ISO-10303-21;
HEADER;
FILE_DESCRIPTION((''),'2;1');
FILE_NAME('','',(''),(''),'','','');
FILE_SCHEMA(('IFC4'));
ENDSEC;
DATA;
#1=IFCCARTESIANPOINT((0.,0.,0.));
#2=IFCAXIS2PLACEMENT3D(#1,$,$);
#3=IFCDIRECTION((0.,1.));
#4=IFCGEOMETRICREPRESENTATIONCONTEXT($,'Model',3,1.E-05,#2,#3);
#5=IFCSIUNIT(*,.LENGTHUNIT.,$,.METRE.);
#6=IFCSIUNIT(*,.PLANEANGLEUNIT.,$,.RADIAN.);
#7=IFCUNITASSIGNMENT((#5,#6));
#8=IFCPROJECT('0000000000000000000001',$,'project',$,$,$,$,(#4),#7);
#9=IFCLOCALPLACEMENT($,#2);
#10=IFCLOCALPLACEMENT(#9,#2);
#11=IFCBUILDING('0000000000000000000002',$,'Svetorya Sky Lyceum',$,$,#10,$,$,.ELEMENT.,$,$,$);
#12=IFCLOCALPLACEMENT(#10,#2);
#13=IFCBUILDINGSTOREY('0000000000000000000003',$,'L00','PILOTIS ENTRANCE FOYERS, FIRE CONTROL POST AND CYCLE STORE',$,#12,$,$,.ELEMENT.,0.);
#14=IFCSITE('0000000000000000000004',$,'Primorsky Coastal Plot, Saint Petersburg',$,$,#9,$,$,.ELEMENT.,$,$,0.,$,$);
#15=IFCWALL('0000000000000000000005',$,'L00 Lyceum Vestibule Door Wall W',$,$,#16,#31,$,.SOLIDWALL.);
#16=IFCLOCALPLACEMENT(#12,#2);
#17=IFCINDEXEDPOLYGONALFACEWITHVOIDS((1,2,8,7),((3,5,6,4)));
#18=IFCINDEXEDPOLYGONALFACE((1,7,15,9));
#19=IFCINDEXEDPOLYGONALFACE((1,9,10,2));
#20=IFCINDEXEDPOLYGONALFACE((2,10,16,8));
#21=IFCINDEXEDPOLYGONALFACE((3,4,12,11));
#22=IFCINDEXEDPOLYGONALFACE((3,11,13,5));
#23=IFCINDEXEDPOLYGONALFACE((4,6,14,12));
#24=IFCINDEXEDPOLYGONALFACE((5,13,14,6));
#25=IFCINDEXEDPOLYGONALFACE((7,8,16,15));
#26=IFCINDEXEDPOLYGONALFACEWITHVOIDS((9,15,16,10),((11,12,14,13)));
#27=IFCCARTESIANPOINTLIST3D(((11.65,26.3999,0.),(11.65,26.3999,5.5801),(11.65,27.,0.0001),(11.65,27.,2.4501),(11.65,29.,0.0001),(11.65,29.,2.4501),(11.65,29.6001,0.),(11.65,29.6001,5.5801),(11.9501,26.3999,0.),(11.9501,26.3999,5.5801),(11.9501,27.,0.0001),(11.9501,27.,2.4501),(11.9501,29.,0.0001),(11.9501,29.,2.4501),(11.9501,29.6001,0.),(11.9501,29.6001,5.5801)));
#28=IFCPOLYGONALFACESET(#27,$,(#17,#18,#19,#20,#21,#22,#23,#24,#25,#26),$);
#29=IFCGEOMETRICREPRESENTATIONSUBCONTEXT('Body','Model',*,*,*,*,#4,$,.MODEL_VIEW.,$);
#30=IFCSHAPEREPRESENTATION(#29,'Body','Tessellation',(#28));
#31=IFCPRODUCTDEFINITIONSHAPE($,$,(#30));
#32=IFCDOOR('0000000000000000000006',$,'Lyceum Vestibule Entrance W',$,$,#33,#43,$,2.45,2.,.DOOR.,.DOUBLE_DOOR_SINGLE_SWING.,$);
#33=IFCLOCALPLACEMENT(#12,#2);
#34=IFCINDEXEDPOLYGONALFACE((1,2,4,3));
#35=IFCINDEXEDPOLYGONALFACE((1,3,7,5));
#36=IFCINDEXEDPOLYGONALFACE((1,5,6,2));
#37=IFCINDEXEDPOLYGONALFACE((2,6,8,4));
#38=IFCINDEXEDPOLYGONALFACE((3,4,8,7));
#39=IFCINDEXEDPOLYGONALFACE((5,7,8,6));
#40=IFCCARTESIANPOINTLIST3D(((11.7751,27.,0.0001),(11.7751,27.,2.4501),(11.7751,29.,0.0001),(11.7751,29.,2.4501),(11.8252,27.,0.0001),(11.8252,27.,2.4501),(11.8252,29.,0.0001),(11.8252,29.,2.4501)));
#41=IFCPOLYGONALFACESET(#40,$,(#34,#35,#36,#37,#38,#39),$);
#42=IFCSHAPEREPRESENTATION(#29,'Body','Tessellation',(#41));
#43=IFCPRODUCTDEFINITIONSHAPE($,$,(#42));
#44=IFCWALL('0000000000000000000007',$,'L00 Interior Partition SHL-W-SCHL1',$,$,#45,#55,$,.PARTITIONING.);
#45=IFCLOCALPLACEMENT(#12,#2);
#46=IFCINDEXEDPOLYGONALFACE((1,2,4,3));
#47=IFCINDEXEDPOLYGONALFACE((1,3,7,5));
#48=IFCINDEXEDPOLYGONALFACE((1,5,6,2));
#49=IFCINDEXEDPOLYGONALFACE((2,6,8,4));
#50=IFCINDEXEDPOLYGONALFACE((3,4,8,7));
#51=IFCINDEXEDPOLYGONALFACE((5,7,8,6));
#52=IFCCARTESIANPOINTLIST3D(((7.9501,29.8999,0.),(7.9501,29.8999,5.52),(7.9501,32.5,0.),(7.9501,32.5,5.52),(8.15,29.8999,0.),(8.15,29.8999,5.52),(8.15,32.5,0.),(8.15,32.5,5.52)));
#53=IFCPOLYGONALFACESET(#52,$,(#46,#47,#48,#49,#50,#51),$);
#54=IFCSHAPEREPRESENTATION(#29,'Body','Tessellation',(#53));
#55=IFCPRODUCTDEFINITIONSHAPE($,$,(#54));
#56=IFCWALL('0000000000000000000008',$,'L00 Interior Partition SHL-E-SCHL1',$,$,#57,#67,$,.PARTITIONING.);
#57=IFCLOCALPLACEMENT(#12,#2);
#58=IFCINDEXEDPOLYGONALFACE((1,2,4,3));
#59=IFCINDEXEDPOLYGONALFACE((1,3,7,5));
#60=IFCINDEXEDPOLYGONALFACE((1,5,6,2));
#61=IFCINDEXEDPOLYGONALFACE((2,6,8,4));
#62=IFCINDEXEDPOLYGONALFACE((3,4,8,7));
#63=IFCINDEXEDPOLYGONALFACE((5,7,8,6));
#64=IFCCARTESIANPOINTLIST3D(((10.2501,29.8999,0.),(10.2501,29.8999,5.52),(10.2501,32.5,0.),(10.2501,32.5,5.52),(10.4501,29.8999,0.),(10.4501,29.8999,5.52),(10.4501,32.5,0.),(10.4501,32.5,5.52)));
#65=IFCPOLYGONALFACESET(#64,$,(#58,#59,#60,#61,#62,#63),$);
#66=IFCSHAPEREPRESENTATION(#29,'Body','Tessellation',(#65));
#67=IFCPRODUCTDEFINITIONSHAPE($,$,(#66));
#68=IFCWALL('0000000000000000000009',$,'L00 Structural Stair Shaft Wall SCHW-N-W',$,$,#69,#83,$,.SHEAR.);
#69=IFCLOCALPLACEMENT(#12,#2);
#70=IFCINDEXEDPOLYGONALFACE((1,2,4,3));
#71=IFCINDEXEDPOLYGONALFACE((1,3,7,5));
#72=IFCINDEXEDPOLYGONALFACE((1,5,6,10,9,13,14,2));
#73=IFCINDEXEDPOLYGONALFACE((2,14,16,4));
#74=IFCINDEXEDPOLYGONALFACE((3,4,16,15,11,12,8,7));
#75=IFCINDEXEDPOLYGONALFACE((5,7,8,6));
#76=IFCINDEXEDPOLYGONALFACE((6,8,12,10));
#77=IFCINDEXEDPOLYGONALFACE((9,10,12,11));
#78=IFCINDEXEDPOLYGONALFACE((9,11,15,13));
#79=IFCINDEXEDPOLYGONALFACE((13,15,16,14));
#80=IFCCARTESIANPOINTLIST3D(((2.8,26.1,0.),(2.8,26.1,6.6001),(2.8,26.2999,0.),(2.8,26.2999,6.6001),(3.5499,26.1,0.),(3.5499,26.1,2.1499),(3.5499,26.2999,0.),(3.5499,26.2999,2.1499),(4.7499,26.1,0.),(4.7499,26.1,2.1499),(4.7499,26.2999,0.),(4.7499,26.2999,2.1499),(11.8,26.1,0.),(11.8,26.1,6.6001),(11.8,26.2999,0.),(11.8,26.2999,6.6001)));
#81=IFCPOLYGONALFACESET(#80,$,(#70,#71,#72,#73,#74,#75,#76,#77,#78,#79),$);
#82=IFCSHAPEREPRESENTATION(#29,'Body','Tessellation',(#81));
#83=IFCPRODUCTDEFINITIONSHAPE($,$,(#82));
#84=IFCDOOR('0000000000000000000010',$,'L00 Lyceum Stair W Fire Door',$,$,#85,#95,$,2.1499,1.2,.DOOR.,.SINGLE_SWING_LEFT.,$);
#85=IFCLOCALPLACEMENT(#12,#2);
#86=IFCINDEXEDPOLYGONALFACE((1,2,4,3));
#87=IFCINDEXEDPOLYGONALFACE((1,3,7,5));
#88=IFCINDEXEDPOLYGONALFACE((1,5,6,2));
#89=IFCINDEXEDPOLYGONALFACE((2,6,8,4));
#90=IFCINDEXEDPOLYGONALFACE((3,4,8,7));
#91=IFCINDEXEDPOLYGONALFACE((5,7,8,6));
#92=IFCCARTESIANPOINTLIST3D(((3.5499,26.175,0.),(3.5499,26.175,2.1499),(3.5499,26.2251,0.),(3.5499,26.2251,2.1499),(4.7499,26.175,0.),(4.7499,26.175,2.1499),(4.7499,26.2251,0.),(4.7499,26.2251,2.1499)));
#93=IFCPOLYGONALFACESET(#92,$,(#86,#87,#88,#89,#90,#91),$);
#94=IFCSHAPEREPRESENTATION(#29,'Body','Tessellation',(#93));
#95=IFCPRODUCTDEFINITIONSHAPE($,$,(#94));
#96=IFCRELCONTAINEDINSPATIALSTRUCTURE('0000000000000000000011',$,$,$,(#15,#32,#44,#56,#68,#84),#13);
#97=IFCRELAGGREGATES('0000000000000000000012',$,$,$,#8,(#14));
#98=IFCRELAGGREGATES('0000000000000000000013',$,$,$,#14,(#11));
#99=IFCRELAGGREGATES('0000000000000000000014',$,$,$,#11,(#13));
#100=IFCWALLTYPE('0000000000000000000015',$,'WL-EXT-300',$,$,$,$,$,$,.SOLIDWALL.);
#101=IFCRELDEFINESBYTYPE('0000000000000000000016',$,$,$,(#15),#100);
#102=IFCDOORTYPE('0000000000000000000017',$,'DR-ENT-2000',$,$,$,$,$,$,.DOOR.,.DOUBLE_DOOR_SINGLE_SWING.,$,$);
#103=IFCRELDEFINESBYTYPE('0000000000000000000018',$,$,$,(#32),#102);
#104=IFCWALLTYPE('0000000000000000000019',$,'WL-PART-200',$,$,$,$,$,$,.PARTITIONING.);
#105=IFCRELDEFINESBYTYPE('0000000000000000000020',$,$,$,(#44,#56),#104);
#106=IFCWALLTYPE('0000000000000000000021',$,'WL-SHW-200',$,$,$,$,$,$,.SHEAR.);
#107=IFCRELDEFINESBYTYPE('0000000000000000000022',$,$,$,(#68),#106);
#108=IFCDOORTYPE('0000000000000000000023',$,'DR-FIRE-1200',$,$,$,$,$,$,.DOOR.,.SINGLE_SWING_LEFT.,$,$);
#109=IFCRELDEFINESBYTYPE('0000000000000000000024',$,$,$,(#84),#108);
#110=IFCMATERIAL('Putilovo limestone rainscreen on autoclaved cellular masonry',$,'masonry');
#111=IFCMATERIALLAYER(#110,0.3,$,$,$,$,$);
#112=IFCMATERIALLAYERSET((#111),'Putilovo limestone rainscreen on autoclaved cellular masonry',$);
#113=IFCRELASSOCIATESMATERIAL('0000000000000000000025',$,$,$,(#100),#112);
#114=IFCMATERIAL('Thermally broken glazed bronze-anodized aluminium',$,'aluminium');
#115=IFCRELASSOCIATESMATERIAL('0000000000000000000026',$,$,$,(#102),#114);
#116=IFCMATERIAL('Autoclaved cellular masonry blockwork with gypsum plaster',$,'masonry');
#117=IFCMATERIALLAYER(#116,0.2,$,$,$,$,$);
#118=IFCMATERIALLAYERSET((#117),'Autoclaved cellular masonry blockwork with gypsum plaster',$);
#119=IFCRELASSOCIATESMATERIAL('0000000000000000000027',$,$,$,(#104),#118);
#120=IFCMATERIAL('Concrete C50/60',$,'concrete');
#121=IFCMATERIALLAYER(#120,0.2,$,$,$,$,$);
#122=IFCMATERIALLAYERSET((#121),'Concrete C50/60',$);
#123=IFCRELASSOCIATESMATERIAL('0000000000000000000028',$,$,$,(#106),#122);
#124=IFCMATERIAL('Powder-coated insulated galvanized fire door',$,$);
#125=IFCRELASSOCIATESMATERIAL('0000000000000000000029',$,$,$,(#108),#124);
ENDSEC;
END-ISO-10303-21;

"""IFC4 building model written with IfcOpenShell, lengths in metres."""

from ifc_helpers import new_model, si_unit, direction, frame, frame_2d, origin, place, context, subcontext, project, spatial, rectangle, extrude, material, layer, layer_set, type_object, element, fill, save


model = new_model("IFC4")

# Units and contexts
model_context = context("Model", 3, precision=1e-05, world=origin(), true_north=direction((0.0, 1.0)))
body_context = subcontext(model_context, "Body", "Model", "MODEL_VIEW")
ifc_project = project(units=[si_unit("LENGTHUNIT", "METRE"), si_unit("PLANEANGLEUNIT", "RADIAN")], contexts=[model_context])

# Site, building, storey
site_placement = place(None, origin())
site = spatial("IfcSite", under=ifc_project, at=site_placement, Name="Primorsky Coastal Plot, Saint Petersburg", CompositionType="ELEMENT", RefElevation=0.0)
building_placement = place(site_placement, origin())
building = spatial("IfcBuilding", under=site, at=building_placement, Name="Svetorya Sky Lyceum", CompositionType="ELEMENT")
storey_placement = place(building_placement, origin())
storey = spatial("IfcBuildingStorey", under=building, at=storey_placement, Name="L00", Description="PILOTIS ENTRANCE FOYERS, FIRE CONTROL POST AND CYCLE STORE", CompositionType="ELEMENT", Elevation=0.0)

# Shared definitions
ifc_material_1 = material(Name="Concrete C50/60", Category="concrete")

# Wall, opening, door
ifc_material_2 = material(Name="Putilovo limestone rainscreen on autoclaved cellular masonry", Category="masonry")
ifc_layer_1 = layer(ifc_material_2, 0.3)
ifc_layer_set_1 = layer_set([ifc_layer_1], Name="Putilovo limestone rainscreen on autoclaved cellular masonry")
wall_type_1 = type_object("IfcWallType", Name="WL-EXT-300", PredefinedType="SOLIDWALL", material=ifc_layer_set_1)
wall_1_placement = place(storey_placement, frame((11.8, 26.3999, 0.0), z_axis=(0.0, 0.0, 1.0), x_axis=(0.0, 1.0, 0.0)))
wall_1 = element("IfcWall", 1, at=wall_1_placement, inside=storey, type_object=wall_type_1, Name="L00 Lyceum Vestibule Door Wall W", PredefinedType="SOLIDWALL", context=body_context, shape_type="SweptSolid", body=[
    extrude(rectangle(XDim=3.2002, YDim=0.3, at=frame_2d((1.6001, 0.0))), origin(), (0.0, 0.0, 1.0), 5.5801),
])
opening_1_placement = place(wall_1_placement, frame((0.6001, 0.0, 0.0)))
opening_1 = element("IfcOpeningElement", 2, at=opening_1_placement, cuts=wall_1, PredefinedType="OPENING", context=body_context, shape_type="SweptSolid", body=[
    extrude(rectangle(XDim=2.0, YDim=2.45, at=frame_2d((1.0, 1.2251))), frame((0.0, 0.1599, 0.0), z_axis=(0.0, -1.0, 0.0), x_axis=(1.0, 0.0, 0.0)), (0.0, 0.0, 1.0), 0.3201),
])
ifc_material_3 = material(Name="Thermally broken glazed bronze-anodized aluminium", Category="aluminium")
door_type_1 = type_object("IfcDoorType", Name="DR-ENT-2000", OperationType="DOUBLE_DOOR_SINGLE_SWING", PredefinedType="DOOR", material=ifc_material_3)
door_1_placement = place(opening_1_placement, origin())
door_1 = element("IfcDoor", 3, at=door_1_placement, inside=storey, type_object=door_type_1, Name="Lyceum Vestibule Entrance W", OperationType="DOUBLE_DOOR_SINGLE_SWING", OverallHeight=2.45, OverallWidth=2.0, PredefinedType="DOOR", context=body_context, shape_type="SweptSolid", body=[
    extrude(rectangle(XDim=2.0, YDim=2.45, at=frame_2d((1.0, 1.2251))), frame((0.0, 0.0249, 0.0), z_axis=(0.0, -1.0, 0.0), x_axis=(1.0, 0.0, 0.0)), (0.0, 0.0, 1.0), 0.05),
])
fill(opening_1, door_1)

# Walls
ifc_material_4 = material(Name="Autoclaved cellular masonry blockwork with gypsum plaster", Category="masonry")
ifc_layer_2 = layer(ifc_material_4, 0.2)
ifc_layer_set_2 = layer_set([ifc_layer_2], Name="Autoclaved cellular masonry blockwork with gypsum plaster")
wall_type_2 = type_object("IfcWallType", Name="WL-PART-200", PredefinedType="PARTITIONING", material=ifc_layer_set_2)
for number, where, z_axis, x_axis, name in (
    (4, (8.05, 29.8999, 0.0), (0.0, 0.0, 1.0), (0.0, 1.0, 0.0), "L00 Interior Partition SHL-W-SCHL1"),
    (5, (10.3501, 29.8999, 0.0), (0.0, 0.0, 1.0), (0.0, 1.0, 0.0), "L00 Interior Partition SHL-E-SCHL1"),
):
    element("IfcWall", number, at=place(storey_placement, frame(where, z_axis=z_axis, x_axis=x_axis)), inside=storey, type_object=wall_type_2, Name=name, PredefinedType="PARTITIONING", context=body_context, shape_type="SweptSolid", body=[
        extrude(rectangle(XDim=2.6001, YDim=0.2, at=frame_2d((1.3, 0.0))), origin(), (0.0, 0.0, 1.0), 5.52),
    ])

# Wall, opening, door
ifc_layer_3 = layer(ifc_material_1, 0.2)
ifc_layer_set_3 = layer_set([ifc_layer_3], Name="Concrete C50/60")
wall_type_3 = type_object("IfcWallType", Name="WL-SHW-200", PredefinedType="SHEAR", material=ifc_layer_set_3)
wall_2_placement = place(storey_placement, frame((11.8, 26.2, 0.0), z_axis=(0.0, 0.0, 1.0), x_axis=(-1.0, 0.0, 0.0)))
wall_2 = element("IfcWall", 6, at=wall_2_placement, inside=storey, type_object=wall_type_3, Name="L00 Structural Stair Shaft Wall SCHW-N-W", PredefinedType="SHEAR", context=body_context, shape_type="SweptSolid", body=[
    extrude(rectangle(XDim=9.0, YDim=0.2, at=frame_2d((4.5, 0.0))), origin(), (0.0, 0.0, 1.0), 6.6001),
])
opening_2_placement = place(wall_2_placement, frame((7.05, 0.0, 0.0)))
opening_2 = element("IfcOpeningElement", 7, at=opening_2_placement, cuts=wall_2, PredefinedType="OPENING", context=body_context, shape_type="SweptSolid", body=[
    extrude(rectangle(XDim=1.2, YDim=2.1499, at=frame_2d((0.6001, 1.075))), frame((0.0, 0.1099, 0.0), z_axis=(0.0, -1.0, 0.0), x_axis=(1.0, 0.0, 0.0)), (0.0, 0.0, 1.0), 0.22),
])
ifc_material_5 = material(Name="Powder-coated insulated galvanized fire door")
door_type_2 = type_object("IfcDoorType", Name="DR-FIRE-1200", OperationType="SINGLE_SWING_LEFT", PredefinedType="DOOR", material=ifc_material_5)
door_2_placement = place(opening_2_placement, origin())
door_2 = element("IfcDoor", 8, at=door_2_placement, inside=storey, type_object=door_type_2, Name="L00 Lyceum Stair W Fire Door", OperationType="SINGLE_SWING_LEFT", OverallHeight=2.1499, OverallWidth=1.2, PredefinedType="DOOR", context=body_context, shape_type="SweptSolid", body=[
    extrude(rectangle(XDim=1.2, YDim=2.1499, at=frame_2d((0.6001, 1.075))), frame((0.0, 0.0249, 0.0), z_axis=(0.0, -1.0, 0.0), x_axis=(1.0, 0.0, 0.0)), (0.0, 0.0, 1.0), 0.05),
])
fill(opening_2, door_2)

save(model, "model.ifc")
